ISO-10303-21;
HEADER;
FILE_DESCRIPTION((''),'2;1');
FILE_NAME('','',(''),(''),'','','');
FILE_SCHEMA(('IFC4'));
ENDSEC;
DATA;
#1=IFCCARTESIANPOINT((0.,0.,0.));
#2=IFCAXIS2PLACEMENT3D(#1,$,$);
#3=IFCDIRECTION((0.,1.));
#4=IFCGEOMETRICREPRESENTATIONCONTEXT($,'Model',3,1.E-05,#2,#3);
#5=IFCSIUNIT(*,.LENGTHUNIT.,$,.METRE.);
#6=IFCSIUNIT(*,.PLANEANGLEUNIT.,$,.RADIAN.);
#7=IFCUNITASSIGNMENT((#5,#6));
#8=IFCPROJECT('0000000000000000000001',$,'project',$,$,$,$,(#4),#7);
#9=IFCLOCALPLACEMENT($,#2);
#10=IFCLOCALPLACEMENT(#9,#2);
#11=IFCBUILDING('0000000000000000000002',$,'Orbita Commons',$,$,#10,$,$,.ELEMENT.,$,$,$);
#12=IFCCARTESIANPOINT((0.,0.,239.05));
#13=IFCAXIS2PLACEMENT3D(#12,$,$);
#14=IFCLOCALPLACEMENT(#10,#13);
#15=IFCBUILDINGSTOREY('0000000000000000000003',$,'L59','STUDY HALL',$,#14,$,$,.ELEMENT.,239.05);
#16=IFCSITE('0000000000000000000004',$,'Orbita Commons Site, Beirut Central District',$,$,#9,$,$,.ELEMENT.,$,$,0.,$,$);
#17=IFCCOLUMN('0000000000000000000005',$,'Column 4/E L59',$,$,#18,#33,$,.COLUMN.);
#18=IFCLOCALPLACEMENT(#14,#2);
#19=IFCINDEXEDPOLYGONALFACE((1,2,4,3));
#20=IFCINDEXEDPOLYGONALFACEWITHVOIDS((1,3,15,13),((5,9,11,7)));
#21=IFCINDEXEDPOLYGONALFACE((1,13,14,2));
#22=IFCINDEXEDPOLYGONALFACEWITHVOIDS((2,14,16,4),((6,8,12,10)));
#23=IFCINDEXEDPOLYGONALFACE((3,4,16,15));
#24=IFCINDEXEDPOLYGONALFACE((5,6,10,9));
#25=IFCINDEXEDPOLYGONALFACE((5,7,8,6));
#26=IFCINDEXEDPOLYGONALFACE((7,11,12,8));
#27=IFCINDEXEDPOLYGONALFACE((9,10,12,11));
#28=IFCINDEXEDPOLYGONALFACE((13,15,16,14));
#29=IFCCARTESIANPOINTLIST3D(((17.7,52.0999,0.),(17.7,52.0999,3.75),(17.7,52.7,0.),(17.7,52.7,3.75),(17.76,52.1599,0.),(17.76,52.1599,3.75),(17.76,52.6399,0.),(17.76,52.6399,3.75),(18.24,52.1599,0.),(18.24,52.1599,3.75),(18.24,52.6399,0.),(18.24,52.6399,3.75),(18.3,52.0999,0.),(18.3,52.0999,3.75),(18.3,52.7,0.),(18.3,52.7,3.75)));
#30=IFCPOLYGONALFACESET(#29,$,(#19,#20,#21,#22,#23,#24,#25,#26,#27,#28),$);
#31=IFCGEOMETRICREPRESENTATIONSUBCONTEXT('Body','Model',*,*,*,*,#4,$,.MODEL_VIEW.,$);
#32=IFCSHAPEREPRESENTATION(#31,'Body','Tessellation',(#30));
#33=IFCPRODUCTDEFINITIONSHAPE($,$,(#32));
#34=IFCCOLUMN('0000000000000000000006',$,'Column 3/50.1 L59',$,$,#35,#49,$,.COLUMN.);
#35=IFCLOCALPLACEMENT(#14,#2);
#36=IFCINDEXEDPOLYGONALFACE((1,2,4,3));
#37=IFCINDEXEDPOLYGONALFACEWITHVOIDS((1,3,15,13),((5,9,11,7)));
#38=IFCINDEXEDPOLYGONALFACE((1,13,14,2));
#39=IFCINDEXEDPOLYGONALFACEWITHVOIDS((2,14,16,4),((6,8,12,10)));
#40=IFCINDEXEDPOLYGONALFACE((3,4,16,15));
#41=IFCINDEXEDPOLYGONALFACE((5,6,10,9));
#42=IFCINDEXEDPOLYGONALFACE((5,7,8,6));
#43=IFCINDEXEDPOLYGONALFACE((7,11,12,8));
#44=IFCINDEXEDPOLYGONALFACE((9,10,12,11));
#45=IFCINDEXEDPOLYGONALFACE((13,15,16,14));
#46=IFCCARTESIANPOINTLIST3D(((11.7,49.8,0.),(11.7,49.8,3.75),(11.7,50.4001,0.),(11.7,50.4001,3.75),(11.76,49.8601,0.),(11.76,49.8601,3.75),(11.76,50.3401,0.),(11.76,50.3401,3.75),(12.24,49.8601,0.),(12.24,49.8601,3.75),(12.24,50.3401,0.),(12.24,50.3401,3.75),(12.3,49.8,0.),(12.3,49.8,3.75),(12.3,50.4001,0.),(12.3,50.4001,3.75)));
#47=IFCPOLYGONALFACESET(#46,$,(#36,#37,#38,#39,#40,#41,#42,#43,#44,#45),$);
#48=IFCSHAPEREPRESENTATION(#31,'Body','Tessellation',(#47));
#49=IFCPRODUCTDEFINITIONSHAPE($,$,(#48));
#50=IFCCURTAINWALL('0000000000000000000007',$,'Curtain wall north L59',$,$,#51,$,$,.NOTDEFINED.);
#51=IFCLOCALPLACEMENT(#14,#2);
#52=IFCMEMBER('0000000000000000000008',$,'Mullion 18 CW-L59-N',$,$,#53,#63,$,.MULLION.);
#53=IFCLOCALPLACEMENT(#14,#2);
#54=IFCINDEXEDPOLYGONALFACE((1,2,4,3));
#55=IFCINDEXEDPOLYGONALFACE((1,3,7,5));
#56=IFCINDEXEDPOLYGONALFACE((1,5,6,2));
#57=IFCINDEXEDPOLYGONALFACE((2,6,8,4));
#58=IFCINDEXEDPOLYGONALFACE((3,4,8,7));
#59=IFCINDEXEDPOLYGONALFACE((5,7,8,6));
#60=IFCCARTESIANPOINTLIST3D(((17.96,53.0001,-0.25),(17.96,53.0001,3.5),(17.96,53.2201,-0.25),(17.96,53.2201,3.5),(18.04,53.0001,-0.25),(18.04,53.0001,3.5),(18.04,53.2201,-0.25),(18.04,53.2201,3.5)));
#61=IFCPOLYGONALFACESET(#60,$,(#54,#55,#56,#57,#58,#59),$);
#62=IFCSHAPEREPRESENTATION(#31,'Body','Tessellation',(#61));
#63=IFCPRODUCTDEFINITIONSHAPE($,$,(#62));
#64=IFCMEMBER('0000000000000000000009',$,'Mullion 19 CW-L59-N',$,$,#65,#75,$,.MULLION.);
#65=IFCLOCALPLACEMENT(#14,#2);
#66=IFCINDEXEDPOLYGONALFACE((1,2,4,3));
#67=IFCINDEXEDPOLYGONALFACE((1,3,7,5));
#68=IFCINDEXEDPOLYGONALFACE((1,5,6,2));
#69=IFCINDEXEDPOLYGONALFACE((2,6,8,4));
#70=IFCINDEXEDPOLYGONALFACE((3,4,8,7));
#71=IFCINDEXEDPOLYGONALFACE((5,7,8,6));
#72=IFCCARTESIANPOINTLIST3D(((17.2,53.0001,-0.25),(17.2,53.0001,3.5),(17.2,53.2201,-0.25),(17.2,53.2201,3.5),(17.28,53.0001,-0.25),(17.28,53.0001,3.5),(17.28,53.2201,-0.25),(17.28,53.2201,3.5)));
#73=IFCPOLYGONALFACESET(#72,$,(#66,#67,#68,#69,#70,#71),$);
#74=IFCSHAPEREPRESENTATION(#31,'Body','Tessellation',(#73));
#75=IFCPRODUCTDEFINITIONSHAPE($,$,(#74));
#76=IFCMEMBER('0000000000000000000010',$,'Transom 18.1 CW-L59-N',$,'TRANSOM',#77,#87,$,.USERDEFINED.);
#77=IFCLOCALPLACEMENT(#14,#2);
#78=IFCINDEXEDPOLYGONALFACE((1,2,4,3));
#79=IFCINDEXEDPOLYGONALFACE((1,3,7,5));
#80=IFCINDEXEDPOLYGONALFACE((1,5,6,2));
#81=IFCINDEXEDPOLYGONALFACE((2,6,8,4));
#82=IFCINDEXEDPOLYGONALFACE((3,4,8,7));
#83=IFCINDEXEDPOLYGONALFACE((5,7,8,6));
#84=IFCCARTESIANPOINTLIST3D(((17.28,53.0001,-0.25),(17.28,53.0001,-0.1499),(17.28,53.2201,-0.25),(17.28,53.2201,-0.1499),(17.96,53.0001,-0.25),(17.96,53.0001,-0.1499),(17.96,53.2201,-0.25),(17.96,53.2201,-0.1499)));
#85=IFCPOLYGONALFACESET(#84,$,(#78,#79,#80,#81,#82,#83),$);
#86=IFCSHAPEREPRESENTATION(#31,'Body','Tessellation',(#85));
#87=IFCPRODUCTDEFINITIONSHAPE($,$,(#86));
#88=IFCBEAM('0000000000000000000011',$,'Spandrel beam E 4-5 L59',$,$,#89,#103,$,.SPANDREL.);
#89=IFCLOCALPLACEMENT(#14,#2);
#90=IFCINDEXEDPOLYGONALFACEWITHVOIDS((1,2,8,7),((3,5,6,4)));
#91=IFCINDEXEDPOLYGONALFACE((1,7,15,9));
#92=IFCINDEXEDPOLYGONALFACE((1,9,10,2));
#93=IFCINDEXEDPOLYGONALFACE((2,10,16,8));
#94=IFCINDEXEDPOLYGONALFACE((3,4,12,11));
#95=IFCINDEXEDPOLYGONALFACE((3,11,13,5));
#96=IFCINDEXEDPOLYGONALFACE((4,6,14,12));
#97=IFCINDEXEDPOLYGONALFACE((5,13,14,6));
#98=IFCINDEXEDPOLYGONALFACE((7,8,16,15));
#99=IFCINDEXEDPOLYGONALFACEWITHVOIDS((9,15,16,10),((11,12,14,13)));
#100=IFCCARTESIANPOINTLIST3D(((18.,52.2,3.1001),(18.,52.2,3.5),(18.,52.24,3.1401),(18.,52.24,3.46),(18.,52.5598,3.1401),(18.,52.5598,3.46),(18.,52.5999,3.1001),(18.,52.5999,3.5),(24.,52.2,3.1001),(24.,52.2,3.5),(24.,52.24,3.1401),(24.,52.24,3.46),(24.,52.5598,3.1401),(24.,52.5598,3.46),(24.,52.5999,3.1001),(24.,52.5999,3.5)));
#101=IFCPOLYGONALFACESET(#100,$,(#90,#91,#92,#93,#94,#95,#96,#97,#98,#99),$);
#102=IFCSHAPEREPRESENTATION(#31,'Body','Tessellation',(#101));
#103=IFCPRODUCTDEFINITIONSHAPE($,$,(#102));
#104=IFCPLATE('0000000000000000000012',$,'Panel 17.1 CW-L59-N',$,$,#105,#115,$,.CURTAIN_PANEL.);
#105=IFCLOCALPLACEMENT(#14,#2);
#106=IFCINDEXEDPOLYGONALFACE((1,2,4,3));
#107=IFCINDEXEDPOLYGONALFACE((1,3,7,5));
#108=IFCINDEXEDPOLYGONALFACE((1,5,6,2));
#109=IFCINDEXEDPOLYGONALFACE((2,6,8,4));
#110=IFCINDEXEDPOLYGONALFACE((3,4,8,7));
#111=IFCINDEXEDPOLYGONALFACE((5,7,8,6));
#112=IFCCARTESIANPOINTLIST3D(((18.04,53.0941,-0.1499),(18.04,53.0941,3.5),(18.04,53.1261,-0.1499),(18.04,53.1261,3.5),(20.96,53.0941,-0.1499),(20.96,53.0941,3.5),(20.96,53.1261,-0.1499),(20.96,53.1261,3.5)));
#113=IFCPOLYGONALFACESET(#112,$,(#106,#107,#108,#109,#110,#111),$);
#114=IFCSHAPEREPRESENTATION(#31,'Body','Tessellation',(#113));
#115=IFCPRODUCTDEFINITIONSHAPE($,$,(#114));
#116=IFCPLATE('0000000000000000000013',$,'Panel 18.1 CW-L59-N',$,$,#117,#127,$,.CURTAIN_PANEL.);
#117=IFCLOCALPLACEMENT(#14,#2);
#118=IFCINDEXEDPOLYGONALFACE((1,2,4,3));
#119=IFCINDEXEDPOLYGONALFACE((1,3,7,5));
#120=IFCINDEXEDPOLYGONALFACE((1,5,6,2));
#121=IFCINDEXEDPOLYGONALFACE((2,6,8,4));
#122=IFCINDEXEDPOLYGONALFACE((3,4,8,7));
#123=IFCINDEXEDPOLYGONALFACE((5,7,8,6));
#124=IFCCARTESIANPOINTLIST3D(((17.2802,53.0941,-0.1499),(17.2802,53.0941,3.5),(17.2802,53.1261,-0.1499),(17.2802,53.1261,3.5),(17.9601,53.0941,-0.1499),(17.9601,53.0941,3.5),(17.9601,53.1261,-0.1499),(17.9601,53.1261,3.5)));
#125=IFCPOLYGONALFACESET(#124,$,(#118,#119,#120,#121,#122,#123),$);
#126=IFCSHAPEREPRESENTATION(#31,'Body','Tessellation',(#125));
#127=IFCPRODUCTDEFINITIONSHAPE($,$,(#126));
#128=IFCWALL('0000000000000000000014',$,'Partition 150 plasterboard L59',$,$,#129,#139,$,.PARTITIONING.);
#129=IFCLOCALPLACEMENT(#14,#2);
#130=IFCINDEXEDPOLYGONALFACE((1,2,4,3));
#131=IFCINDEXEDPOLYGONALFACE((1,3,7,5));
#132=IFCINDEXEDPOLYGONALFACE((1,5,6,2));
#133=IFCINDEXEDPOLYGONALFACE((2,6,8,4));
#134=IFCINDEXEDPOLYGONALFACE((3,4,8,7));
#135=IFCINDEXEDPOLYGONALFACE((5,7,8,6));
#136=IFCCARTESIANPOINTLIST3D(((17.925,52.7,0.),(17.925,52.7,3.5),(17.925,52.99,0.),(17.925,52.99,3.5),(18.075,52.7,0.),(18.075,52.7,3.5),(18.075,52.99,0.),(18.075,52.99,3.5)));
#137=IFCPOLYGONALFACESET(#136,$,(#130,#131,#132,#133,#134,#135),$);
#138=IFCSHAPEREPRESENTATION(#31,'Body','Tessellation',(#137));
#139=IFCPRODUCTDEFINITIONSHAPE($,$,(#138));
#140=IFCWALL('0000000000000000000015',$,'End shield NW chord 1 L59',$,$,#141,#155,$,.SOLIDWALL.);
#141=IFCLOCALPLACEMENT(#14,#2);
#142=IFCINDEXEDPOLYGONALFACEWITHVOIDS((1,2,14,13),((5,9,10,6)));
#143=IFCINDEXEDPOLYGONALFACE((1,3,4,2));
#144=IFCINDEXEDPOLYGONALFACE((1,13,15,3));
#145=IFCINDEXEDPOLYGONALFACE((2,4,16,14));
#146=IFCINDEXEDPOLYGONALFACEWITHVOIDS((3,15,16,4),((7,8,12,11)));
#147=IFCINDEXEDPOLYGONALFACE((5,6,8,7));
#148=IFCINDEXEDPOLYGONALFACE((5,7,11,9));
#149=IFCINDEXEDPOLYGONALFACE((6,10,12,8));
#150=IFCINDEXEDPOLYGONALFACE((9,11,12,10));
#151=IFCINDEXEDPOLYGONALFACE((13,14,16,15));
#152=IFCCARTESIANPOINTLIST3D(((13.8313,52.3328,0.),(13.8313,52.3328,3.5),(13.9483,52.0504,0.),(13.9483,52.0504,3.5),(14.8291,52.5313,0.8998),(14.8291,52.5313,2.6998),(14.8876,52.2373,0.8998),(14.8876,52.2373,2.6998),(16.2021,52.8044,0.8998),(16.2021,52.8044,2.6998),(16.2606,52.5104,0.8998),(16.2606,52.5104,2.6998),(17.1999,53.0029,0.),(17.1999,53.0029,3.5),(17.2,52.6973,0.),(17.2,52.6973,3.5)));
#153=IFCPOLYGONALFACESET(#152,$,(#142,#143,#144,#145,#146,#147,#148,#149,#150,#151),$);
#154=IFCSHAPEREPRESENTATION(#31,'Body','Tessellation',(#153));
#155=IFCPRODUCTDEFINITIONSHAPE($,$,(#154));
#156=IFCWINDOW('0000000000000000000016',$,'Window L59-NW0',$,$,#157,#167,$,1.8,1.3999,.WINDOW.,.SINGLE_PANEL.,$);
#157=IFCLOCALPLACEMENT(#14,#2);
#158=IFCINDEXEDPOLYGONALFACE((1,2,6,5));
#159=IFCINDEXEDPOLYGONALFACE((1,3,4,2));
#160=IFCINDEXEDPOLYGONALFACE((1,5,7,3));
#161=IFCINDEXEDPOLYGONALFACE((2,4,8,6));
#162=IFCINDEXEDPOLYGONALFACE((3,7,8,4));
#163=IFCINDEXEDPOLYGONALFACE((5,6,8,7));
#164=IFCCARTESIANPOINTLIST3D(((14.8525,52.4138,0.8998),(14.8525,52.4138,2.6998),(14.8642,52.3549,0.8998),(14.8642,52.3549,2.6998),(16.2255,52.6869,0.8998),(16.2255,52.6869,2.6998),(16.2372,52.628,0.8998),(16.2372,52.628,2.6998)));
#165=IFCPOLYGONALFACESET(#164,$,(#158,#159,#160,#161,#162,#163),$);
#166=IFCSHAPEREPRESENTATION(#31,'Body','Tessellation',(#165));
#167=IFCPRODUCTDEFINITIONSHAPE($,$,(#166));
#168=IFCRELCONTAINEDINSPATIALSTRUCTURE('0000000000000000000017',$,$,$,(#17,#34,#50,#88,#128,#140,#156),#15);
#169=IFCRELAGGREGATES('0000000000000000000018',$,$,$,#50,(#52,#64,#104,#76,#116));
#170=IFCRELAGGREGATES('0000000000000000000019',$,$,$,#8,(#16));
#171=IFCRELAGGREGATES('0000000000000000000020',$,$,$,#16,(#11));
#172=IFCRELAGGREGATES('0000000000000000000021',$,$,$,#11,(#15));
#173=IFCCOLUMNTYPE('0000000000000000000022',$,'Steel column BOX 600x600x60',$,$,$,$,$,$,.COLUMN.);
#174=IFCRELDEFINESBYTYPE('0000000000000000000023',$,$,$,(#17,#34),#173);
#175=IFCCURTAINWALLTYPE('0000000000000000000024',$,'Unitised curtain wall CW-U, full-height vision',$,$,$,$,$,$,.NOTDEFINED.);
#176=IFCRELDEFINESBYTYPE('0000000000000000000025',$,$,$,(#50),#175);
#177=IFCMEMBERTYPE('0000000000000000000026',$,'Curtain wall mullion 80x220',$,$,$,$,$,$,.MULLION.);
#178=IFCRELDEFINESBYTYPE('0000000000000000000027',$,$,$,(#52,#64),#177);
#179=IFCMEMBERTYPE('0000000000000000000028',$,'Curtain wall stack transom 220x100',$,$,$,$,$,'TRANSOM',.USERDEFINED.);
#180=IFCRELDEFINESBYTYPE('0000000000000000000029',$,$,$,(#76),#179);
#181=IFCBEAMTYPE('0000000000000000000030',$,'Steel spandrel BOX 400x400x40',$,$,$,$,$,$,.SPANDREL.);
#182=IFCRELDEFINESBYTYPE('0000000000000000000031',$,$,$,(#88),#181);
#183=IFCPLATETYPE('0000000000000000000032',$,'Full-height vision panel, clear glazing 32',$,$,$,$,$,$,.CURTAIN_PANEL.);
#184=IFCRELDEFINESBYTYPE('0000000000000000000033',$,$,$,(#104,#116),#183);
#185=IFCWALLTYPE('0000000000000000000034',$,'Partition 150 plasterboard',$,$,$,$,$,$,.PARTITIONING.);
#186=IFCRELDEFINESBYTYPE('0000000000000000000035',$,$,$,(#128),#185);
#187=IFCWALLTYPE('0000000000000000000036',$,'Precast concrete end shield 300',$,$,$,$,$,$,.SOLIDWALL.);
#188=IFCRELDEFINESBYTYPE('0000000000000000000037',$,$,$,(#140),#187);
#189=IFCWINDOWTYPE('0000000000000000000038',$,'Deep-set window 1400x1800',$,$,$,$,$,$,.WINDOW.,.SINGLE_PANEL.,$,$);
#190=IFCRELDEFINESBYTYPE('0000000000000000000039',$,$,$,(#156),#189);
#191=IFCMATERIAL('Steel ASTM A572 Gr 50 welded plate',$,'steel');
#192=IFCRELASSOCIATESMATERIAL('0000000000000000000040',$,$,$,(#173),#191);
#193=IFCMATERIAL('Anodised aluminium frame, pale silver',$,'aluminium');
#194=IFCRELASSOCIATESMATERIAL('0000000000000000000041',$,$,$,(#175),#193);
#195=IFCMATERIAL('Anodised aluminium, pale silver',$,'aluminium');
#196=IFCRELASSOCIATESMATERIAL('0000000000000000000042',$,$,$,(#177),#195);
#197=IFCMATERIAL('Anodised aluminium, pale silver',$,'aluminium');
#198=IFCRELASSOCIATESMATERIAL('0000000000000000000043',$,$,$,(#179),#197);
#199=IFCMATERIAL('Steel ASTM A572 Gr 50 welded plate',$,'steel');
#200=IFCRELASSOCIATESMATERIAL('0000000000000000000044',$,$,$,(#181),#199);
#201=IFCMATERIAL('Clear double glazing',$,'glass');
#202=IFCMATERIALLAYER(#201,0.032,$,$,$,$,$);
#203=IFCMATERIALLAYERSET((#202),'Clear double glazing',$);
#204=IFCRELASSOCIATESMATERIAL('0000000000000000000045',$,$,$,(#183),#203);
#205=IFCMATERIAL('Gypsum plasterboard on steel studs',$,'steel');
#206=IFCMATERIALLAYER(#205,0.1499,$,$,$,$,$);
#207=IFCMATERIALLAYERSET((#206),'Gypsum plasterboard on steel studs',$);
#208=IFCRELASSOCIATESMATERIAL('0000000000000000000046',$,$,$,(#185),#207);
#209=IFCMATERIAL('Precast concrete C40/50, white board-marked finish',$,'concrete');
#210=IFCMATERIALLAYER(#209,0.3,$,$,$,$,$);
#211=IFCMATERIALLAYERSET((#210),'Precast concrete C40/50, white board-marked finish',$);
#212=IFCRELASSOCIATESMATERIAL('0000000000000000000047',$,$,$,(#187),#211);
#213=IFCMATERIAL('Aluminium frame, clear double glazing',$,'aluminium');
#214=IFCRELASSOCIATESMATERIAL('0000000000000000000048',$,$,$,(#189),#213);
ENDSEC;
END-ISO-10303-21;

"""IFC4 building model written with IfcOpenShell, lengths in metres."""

from ifc_helpers import new_model, si_unit, direction, frame, frame_2d, origin, origin_2d, place, context, subcontext, project, spatial, polyline, rectangle, hollow_rectangle, outline, extrude, material, layer, layer_set, material_profile, profile_set, type_object, element, fill, aggregate, save


model = new_model("IFC4")

# Units and contexts
model_context = context("Model", 3, precision=1e-05, world=origin(), true_north=direction((0.0, 1.0)))
body_context = subcontext(model_context, "Body", "Model", "MODEL_VIEW")
ifc_project = project(units=[si_unit("LENGTHUNIT", "METRE"), si_unit("PLANEANGLEUNIT", "RADIAN")], contexts=[model_context])

# Site, building, storey
site_placement = place(None, origin())
site = spatial("IfcSite", under=ifc_project, at=site_placement, Name="Orbita Commons Site, Beirut Central District", CompositionType="ELEMENT", RefElevation=0.0)
building_placement = place(site_placement, origin())
building = spatial("IfcBuilding", under=site, at=building_placement, Name="Orbita Commons", CompositionType="ELEMENT")
storey_placement = place(building_placement, frame((0.0, 0.0, 239.05)))
storey = spatial("IfcBuildingStorey", under=building, at=storey_placement, Name="L59", Description="STUDY HALL", CompositionType="ELEMENT", Elevation=239.05)

# Columns
ifc_material_1 = material(Name="Steel ASTM A572 Gr 50 welded plate", Category="steel")
ifc_material_profile_1 = material_profile(ifc_material_1, hollow_rectangle(XDim=0.6001, YDim=0.6001, WallThickness=0.0601, at=origin_2d()), Name="BOX 600x600x60")
ifc_profile_set_1 = profile_set([ifc_material_profile_1], Name="Steel ASTM A572 Gr 50 welded plate")
column_type = type_object("IfcColumnType", Name="Steel column BOX 600x600x60", PredefinedType="COLUMN", material=ifc_profile_set_1)
for number, where, z_axis, x_axis, name in (
    (1, (18.0, 52.3999, 0.0), (0.0, 0.0, 1.0), (1.0, 0.0, 0.0), "Column 4/E L59"),
    (2, (12.0, 50.1001, 0.0), (0.0, 0.0, 1.0), (1.0, 0.0, 0.0), "Column 3/50.1 L59"),
):
    element("IfcColumn", number, at=place(storey_placement, frame(where, z_axis=z_axis, x_axis=x_axis)), inside=storey, type_object=column_type, Name=name, PredefinedType="COLUMN", context=body_context, shape_type="SweptSolid", body=[
        extrude(hollow_rectangle(XDim=0.6001, YDim=0.6001, WallThickness=0.0601, at=origin_2d()), origin(), (0.0, 0.0, 1.0), 3.75),
    ])

# Curtain wall, members
ifc_material_2 = material(Name="Anodised aluminium frame, pale silver", Category="aluminium")
curtain_wall_type = type_object("IfcCurtainWallType", Name="Unitised curtain wall CW-U, full-height vision", PredefinedType="NOTDEFINED", material=ifc_material_2)
curtain_wall_placement = place(storey_placement, origin())
curtain_wall = element("IfcCurtainWall", 3, at=curtain_wall_placement, inside=storey, type_object=curtain_wall_type, Name="Curtain wall north L59", PredefinedType="NOTDEFINED")
ifc_material_3 = material(Name="Anodised aluminium, pale silver", Category="aluminium")
ifc_material_profile_2 = material_profile(ifc_material_3, rectangle(XDim=0.0801, YDim=0.22, at=origin_2d()), Name="AL 80x220")
ifc_profile_set_2 = profile_set([ifc_material_profile_2], Name="Anodised aluminium, pale silver")
member_type_1 = type_object("IfcMemberType", Name="Curtain wall mullion 80x220", PredefinedType="MULLION", material=ifc_profile_set_2)
member_1_placement = place(storey_placement, frame((18.0, 53.1101, -0.25), z_axis=(0.0, 0.0, 1.0), x_axis=(-1.0, 0.0, 0.0)))
member_1 = element("IfcMember", 4, at=member_1_placement, type_object=member_type_1, Name="Mullion 18 CW-L59-N", PredefinedType="MULLION", context=body_context, shape_type="SweptSolid", body=[
    extrude(rectangle(XDim=0.0801, YDim=0.22, at=origin_2d()), origin(), (0.0, 0.0, 1.0), 3.75),
])
member_2_placement = place(storey_placement, frame((17.24, 53.1101, -0.25), z_axis=(0.0, 0.0, 1.0), x_axis=(-1.0, 0.0, 0.0)))
member_2 = element("IfcMember", 5, at=member_2_placement, type_object=member_type_1, Name="Mullion 19 CW-L59-N", PredefinedType="MULLION", context=body_context, shape_type="SweptSolid", body=[
    extrude(rectangle(XDim=0.0801, YDim=0.22, at=origin_2d()), origin(), (0.0, 0.0, 1.0), 3.75),
])
ifc_material_4 = material(Name="Anodised aluminium, pale silver", Category="aluminium")
ifc_material_profile_3 = material_profile(ifc_material_4, rectangle(XDim=0.22, YDim=0.1001, at=origin_2d()), Name="AL 220x100")
ifc_profile_set_3 = profile_set([ifc_material_profile_3], Name="Anodised aluminium, pale silver")
member_type_2 = type_object("IfcMemberType", Name="Curtain wall stack transom 220x100", ElementType="TRANSOM", PredefinedType="USERDEFINED", material=ifc_profile_set_3)
member_3_placement = place(storey_placement, frame((17.96, 53.1101, -0.2), z_axis=(-1.0, 0.0, 0.0), x_axis=(0.0, -1.0, 0.0)))
member_3 = element("IfcMember", 6, at=member_3_placement, type_object=member_type_2, Name="Transom 18.1 CW-L59-N", ObjectType="TRANSOM", PredefinedType="USERDEFINED", context=body_context, shape_type="SweptSolid", body=[
    extrude(rectangle(XDim=0.22, YDim=0.1001, at=origin_2d()), origin(), (0.0, 0.0, 1.0), 0.6799),
])

# Beam
ifc_material_5 = material(Name="Steel ASTM A572 Gr 50 welded plate", Category="steel")
ifc_material_profile_4 = material_profile(ifc_material_5, hollow_rectangle(XDim=0.3999, YDim=0.3999, WallThickness=0.04, at=origin_2d()), Name="BOX 400x400x40")
ifc_profile_set_4 = profile_set([ifc_material_profile_4], Name="Steel ASTM A572 Gr 50 welded plate")
beam_type = type_object("IfcBeamType", Name="Steel spandrel BOX 400x400x40", PredefinedType="SPANDREL", material=ifc_profile_set_4)
beam_placement = place(storey_placement, frame((18.0, 52.3999, 3.3), z_axis=(1.0, 0.0, 0.0), x_axis=(0.0, 1.0, 0.0)))
element("IfcBeam", 7, at=beam_placement, inside=storey, type_object=beam_type, Name="Spandrel beam E 4-5 L59", PredefinedType="SPANDREL", context=body_context, shape_type="SweptSolid", body=[
    extrude(hollow_rectangle(XDim=0.3999, YDim=0.3999, WallThickness=0.04, at=origin_2d()), origin(), (0.0, 0.0, 1.0), 6.0),
])

# Plates
ifc_material_6 = material(Name="Clear double glazing", Category="glass")
ifc_layer_1 = layer(ifc_material_6, 0.032)
ifc_layer_set_1 = layer_set([ifc_layer_1], Name="Clear double glazing")
plate_type = type_object("IfcPlateType", Name="Full-height vision panel, clear glazing 32", PredefinedType="CURTAIN_PANEL", material=ifc_layer_set_1)
plate_1_placement = place(storey_placement, frame((19.5, 53.1101, -0.1499), z_axis=(0.0, 0.0, 1.0), x_axis=(-1.0, 0.0, 0.0)))
plate_1 = element("IfcPlate", 8, at=plate_1_placement, type_object=plate_type, Name="Panel 17.1 CW-L59-N", PredefinedType="CURTAIN_PANEL", context=body_context, shape_type="SweptSolid", body=[
    extrude(rectangle(XDim=2.9199, YDim=0.032, at=origin_2d()), origin(), (0.0, 0.0, 1.0), 3.6499),
])
plate_2_placement = place(storey_placement, frame((17.6201, 53.1101, -0.1499), z_axis=(0.0, 0.0, 1.0), x_axis=(-1.0, 0.0, 0.0)))
plate_2 = element("IfcPlate", 9, at=plate_2_placement, type_object=plate_type, Name="Panel 18.1 CW-L59-N", PredefinedType="CURTAIN_PANEL", context=body_context, shape_type="SweptSolid", body=[
    extrude(rectangle(XDim=0.6799, YDim=0.032, at=origin_2d()), origin(), (0.0, 0.0, 1.0), 3.6499),
])
aggregate(curtain_wall, [member_1, member_2, plate_1, member_3, plate_2])

# Wall
ifc_material_7 = material(Name="Gypsum plasterboard on steel studs", Category="steel")
ifc_layer_2 = layer(ifc_material_7, 0.1499)
ifc_layer_set_2 = layer_set([ifc_layer_2], Name="Gypsum plasterboard on steel studs")
wall_type_1 = type_object("IfcWallType", Name="Partition 150 plasterboard", PredefinedType="PARTITIONING", material=ifc_layer_set_2)
wall_1_placement = place(storey_placement, frame((18.0, 52.7, 0.0), z_axis=(0.0, 0.0, 1.0), x_axis=(0.0, 1.0, 0.0)))
element("IfcWall", 10, at=wall_1_placement, inside=storey, type_object=wall_type_1, Name="Partition 150 plasterboard L59", PredefinedType="PARTITIONING", context=body_context, shape_type="SweptSolid", body=[
    extrude(rectangle(XDim=0.29, YDim=0.1499, at=frame_2d((0.145, 0.0))), origin(), (0.0, 0.0, 1.0), 3.5),
])

# Wall, opening, window
ifc_material_8 = material(Name="Precast concrete C40/50, white board-marked finish", Category="concrete")
ifc_layer_3 = layer(ifc_material_8, 0.3)
ifc_layer_set_3 = layer_set([ifc_layer_3], Name="Precast concrete C40/50, white board-marked finish")
wall_type_2 = type_object("IfcWallType", Name="Precast concrete end shield 300", PredefinedType="SOLIDWALL", material=ifc_layer_set_3)
wall_2_placement = place(storey_placement, frame((17.2, 52.8501, 0.0), z_axis=(0.0, 0.0, 1.0), x_axis=(-0.980783, -0.1951, 0.0)))
wall_2 = element("IfcWall", 11, at=wall_2_placement, inside=storey, type_object=wall_type_2, Name="End shield NW chord 1 L59", PredefinedType="SOLIDWALL", context=body_context, shape_type="SweptSolid", body=[
    extrude(outline(polyline([(-0.0298, -0.1499), (3.4048, -0.1499), (3.3452, 0.1499), (0.0298, 0.1499), (-0.0298, -0.1499)])), origin(), (0.0, 0.0, 1.0), 3.5),
])
opening_1_placement = place(wall_2_placement, frame((0.9875, 0.0, 0.8999)))
opening_1 = element("IfcOpeningElement", 12, at=opening_1_placement, cuts=wall_2, PredefinedType="OPENING", context=body_context, shape_type="SweptSolid", body=[
    extrude(rectangle(XDim=1.3999, YDim=1.8, at=frame_2d((0.7, 0.8999))), frame((0.0, 0.1599, 0.0), z_axis=(0.0, -1.0, 0.0), x_axis=(1.0, 0.0, 0.0)), (0.0, 0.0, 1.0), 0.3201),
])
ifc_material_9 = material(Name="Aluminium frame, clear double glazing", Category="aluminium")
window_type = type_object("IfcWindowType", Name="Deep-set window 1400x1800", PartitioningType="SINGLE_PANEL", PredefinedType="WINDOW", material=ifc_material_9)
window_1_placement = place(opening_1_placement, origin())
window_1 = element("IfcWindow", 13, at=window_1_placement, inside=storey, type_object=window_type, Name="Window L59-NW0", OverallHeight=1.8, OverallWidth=1.3999, PartitioningType="SINGLE_PANEL", PredefinedType="WINDOW", context=body_context, shape_type="SweptSolid", body=[
    extrude(rectangle(XDim=1.3999, YDim=1.8, at=frame_2d((0.7, 0.8999))), frame((0.0, 0.03, 0.0), z_axis=(0.0, -1.0, 0.0), x_axis=(1.0, 0.0, 0.0)), (0.0, 0.0, 1.0), 0.0601),
])
fill(opening_1, window_1)

save(model, "model.ifc")
